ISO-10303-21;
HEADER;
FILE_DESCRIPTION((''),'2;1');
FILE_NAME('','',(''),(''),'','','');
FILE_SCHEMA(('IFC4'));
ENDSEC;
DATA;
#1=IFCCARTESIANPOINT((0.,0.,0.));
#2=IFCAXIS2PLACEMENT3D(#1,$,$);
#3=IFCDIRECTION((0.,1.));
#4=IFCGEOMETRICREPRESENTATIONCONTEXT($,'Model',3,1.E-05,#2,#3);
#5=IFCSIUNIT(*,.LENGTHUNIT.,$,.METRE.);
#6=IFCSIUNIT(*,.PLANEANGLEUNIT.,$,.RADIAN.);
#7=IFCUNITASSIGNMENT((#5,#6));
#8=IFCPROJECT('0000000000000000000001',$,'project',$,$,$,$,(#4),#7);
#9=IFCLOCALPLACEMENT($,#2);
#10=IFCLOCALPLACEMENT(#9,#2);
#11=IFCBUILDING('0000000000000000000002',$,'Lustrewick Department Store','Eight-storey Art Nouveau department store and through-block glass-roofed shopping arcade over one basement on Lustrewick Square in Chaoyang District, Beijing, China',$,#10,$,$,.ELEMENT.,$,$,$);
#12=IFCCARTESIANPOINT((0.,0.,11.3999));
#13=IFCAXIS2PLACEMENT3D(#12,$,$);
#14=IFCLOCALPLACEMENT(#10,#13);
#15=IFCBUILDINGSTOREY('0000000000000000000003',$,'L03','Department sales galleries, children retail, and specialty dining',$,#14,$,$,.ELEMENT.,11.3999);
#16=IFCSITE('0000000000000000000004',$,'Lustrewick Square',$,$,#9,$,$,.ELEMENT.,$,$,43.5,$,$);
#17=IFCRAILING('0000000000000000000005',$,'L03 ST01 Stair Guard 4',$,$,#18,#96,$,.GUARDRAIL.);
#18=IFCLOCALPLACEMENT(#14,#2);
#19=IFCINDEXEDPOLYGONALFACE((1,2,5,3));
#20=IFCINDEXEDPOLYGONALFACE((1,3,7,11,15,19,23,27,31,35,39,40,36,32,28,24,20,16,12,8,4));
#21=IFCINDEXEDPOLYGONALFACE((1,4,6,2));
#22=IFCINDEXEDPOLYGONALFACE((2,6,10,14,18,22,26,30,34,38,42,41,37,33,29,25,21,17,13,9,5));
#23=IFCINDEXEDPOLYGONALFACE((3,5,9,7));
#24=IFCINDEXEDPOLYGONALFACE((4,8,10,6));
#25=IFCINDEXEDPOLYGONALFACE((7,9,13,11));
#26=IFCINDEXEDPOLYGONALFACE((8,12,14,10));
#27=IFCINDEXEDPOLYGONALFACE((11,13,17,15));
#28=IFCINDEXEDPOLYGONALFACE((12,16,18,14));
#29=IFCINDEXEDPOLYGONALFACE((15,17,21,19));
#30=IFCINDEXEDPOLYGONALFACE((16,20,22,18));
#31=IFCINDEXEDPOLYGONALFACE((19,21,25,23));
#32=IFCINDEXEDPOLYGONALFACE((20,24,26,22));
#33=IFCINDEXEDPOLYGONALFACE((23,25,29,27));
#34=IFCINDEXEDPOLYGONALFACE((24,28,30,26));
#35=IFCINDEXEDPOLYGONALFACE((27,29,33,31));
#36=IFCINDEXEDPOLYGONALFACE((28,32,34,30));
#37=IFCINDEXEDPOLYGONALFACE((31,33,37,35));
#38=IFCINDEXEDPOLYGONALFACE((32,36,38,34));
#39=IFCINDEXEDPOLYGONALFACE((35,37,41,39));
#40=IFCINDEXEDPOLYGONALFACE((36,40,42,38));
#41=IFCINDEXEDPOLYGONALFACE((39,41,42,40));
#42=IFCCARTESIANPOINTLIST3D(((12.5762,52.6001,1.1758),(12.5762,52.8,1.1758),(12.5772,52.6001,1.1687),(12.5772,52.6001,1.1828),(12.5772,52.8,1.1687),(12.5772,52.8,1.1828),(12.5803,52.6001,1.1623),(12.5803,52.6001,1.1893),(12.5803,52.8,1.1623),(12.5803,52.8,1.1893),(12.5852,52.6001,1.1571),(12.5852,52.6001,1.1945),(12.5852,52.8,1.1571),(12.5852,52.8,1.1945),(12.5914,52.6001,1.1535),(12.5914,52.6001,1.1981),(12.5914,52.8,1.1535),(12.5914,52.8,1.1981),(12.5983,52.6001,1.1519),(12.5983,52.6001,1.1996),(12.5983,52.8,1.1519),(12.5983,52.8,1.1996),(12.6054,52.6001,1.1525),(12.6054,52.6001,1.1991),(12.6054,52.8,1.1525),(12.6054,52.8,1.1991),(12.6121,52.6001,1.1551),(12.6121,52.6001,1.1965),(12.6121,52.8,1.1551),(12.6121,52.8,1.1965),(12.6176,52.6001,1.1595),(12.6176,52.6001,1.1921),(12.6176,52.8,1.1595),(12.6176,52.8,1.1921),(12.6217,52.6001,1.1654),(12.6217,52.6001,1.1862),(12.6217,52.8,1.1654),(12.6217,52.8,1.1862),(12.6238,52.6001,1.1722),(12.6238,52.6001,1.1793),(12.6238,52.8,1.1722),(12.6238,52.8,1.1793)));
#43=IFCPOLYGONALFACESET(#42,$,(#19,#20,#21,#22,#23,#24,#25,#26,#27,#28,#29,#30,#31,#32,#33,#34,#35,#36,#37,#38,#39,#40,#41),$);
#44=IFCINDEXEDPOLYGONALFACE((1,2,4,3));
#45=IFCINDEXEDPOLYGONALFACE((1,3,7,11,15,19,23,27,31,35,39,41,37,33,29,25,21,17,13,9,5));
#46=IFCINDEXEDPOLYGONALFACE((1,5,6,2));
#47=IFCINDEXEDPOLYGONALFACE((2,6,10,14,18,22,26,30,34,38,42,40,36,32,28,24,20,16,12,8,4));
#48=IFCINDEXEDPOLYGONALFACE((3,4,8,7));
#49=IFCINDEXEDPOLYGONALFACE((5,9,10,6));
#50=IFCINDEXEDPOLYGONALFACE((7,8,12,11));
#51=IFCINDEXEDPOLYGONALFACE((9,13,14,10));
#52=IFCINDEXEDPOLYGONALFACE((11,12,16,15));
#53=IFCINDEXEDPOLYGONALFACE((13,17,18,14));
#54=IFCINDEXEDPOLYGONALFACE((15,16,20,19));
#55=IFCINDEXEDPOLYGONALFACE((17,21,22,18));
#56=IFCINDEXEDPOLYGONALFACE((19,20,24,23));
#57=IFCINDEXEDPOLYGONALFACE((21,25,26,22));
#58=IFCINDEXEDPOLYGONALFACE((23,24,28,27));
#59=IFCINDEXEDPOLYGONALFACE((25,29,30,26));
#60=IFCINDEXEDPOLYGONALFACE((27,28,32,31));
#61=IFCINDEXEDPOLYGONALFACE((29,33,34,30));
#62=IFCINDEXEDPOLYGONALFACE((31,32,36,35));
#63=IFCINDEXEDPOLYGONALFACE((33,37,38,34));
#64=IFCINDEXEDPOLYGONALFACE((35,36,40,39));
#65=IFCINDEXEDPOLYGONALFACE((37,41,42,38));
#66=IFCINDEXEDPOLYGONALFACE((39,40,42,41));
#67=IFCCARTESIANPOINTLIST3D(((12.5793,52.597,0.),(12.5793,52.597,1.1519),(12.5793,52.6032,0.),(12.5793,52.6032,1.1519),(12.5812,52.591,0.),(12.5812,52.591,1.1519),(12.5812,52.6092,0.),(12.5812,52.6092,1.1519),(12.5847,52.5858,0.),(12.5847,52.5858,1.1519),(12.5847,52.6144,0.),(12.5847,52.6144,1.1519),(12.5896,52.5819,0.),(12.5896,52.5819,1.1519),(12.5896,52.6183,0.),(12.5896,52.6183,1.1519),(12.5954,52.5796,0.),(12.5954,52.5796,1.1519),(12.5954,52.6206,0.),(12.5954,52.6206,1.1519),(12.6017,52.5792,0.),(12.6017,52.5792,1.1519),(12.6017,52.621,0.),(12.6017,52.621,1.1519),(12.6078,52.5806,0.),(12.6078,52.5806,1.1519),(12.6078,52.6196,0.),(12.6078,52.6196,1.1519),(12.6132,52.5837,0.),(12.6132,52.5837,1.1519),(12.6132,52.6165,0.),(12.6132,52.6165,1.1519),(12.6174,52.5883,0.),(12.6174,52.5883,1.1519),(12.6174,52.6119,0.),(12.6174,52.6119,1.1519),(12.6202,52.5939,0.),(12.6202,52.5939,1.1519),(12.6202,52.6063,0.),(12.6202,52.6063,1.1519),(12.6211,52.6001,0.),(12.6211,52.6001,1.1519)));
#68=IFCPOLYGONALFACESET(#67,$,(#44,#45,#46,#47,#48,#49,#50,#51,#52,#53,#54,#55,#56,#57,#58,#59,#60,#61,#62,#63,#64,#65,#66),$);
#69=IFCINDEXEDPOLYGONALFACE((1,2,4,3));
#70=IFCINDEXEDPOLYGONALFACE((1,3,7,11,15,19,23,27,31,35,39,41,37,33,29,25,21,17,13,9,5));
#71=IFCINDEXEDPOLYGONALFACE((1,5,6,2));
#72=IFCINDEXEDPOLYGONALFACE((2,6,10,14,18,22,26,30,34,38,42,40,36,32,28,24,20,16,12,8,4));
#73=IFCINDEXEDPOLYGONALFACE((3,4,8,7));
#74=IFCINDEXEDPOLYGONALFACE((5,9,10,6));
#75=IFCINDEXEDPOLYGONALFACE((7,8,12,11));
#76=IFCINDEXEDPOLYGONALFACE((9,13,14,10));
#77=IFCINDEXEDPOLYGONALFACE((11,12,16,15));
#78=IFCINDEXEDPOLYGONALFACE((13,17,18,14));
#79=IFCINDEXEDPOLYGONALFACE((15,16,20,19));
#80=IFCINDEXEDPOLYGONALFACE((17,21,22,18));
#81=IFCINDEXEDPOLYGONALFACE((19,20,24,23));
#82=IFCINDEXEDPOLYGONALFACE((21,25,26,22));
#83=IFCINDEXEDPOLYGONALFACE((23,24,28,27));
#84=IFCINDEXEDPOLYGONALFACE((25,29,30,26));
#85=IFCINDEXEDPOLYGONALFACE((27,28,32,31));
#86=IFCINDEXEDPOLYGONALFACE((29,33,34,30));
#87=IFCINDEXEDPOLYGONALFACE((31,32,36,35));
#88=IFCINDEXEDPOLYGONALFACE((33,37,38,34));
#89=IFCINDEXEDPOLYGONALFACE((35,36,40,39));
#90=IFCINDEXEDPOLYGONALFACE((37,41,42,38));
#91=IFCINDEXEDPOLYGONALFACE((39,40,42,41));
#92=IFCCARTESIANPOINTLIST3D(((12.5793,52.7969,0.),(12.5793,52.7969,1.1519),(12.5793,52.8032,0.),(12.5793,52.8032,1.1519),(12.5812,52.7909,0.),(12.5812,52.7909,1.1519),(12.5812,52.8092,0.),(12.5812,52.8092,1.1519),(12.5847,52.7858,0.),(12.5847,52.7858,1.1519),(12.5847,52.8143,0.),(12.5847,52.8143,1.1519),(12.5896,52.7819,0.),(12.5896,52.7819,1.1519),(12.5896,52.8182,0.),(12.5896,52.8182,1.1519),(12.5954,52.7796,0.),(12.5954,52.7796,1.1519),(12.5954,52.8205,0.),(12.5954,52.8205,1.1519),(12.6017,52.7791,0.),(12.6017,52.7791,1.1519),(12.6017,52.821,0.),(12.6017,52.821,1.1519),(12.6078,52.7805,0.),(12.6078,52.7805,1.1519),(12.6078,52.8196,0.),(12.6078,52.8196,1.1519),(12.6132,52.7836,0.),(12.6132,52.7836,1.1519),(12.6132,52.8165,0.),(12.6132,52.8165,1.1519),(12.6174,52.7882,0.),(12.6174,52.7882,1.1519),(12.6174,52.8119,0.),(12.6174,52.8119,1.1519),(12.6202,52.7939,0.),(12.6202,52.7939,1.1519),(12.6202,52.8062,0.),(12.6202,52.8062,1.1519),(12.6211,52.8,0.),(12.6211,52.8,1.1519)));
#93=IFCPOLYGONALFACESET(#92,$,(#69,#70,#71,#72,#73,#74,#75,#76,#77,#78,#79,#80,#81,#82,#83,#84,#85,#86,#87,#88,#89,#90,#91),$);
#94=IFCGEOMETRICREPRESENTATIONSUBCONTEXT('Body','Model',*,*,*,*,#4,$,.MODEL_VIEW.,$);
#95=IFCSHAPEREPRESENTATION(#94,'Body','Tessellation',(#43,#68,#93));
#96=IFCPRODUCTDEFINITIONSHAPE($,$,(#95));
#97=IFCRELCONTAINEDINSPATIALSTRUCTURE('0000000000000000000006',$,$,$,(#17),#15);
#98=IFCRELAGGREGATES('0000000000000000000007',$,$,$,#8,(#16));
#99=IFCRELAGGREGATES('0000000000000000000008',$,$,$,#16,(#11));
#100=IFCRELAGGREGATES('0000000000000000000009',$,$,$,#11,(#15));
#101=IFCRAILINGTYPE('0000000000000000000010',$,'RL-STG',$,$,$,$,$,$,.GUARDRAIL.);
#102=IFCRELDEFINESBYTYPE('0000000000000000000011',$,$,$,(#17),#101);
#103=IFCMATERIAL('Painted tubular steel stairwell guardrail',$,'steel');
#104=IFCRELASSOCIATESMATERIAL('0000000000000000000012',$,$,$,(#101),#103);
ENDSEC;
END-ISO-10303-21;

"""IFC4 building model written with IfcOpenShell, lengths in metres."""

from ifc_helpers import new_model, si_unit, direction, frame, origin, origin_2d, place, context, subcontext, project, spatial, circle, extrude, material, type_object, element, save


model = new_model("IFC4")

# Units and contexts
model_context = context("Model", 3, precision=1e-05, world=origin(), true_north=direction((0.0, 1.0)))
body_context = subcontext(model_context, "Body", "Model", "MODEL_VIEW")
ifc_project = project(units=[si_unit("LENGTHUNIT", "METRE"), si_unit("PLANEANGLEUNIT", "RADIAN")], contexts=[model_context])

# Site, building, storey
site_placement = place(None, origin())
site = spatial("IfcSite", under=ifc_project, at=site_placement, Name="Lustrewick Square", CompositionType="ELEMENT", RefElevation=43.5)
building_placement = place(site_placement, origin())
building = spatial("IfcBuilding", under=site, at=building_placement, Name="Lustrewick Department Store", Description="Eight-storey Art Nouveau department store and through-block glass-roofed shopping arcade over one basement on Lustrewick Square in Chaoyang District, Beijing, China", CompositionType="ELEMENT")
storey_placement = place(building_placement, frame((0.0, 0.0, 11.3999)))
storey = spatial("IfcBuildingStorey", under=building, at=storey_placement, Name="L03", Description="Department sales galleries, children retail, and specialty dining", CompositionType="ELEMENT", Elevation=11.3999)

# Railing
ifc_material_1 = material(Name="Painted tubular steel stairwell guardrail", Category="steel")
railing_type_1 = type_object("IfcRailingType", Name="RL-STG", PredefinedType="GUARDRAIL", material=ifc_material_1)
railing_1_placement = place(storey_placement, frame((12.6001, 52.6001, 0.0)))
element("IfcRailing", 1, at=railing_1_placement, inside=storey, type_object=railing_type_1, Name="L03 ST01 Stair Guard 4", PredefinedType="GUARDRAIL", context=body_context, shape_type="SweptSolid", body=[
    extrude(circle(Radius=0.0239, at=origin_2d()), frame((0.0, 0.0, 1.1758), z_axis=(0.0, 1.0, 0.0), x_axis=(-1.0, 0.0, 0.0)), (0.0, 0.0, 1.0), 0.2),
    extrude(circle(Radius=0.021, at=origin_2d()), origin(), (0.0, 0.0, 1.0), 1.1519),
    extrude(circle(Radius=0.021, at=origin_2d()), frame((0.0, 0.2, 0.0)), (0.0, 0.0, 1.0), 1.1519),
])

save(model, "model.ifc")
